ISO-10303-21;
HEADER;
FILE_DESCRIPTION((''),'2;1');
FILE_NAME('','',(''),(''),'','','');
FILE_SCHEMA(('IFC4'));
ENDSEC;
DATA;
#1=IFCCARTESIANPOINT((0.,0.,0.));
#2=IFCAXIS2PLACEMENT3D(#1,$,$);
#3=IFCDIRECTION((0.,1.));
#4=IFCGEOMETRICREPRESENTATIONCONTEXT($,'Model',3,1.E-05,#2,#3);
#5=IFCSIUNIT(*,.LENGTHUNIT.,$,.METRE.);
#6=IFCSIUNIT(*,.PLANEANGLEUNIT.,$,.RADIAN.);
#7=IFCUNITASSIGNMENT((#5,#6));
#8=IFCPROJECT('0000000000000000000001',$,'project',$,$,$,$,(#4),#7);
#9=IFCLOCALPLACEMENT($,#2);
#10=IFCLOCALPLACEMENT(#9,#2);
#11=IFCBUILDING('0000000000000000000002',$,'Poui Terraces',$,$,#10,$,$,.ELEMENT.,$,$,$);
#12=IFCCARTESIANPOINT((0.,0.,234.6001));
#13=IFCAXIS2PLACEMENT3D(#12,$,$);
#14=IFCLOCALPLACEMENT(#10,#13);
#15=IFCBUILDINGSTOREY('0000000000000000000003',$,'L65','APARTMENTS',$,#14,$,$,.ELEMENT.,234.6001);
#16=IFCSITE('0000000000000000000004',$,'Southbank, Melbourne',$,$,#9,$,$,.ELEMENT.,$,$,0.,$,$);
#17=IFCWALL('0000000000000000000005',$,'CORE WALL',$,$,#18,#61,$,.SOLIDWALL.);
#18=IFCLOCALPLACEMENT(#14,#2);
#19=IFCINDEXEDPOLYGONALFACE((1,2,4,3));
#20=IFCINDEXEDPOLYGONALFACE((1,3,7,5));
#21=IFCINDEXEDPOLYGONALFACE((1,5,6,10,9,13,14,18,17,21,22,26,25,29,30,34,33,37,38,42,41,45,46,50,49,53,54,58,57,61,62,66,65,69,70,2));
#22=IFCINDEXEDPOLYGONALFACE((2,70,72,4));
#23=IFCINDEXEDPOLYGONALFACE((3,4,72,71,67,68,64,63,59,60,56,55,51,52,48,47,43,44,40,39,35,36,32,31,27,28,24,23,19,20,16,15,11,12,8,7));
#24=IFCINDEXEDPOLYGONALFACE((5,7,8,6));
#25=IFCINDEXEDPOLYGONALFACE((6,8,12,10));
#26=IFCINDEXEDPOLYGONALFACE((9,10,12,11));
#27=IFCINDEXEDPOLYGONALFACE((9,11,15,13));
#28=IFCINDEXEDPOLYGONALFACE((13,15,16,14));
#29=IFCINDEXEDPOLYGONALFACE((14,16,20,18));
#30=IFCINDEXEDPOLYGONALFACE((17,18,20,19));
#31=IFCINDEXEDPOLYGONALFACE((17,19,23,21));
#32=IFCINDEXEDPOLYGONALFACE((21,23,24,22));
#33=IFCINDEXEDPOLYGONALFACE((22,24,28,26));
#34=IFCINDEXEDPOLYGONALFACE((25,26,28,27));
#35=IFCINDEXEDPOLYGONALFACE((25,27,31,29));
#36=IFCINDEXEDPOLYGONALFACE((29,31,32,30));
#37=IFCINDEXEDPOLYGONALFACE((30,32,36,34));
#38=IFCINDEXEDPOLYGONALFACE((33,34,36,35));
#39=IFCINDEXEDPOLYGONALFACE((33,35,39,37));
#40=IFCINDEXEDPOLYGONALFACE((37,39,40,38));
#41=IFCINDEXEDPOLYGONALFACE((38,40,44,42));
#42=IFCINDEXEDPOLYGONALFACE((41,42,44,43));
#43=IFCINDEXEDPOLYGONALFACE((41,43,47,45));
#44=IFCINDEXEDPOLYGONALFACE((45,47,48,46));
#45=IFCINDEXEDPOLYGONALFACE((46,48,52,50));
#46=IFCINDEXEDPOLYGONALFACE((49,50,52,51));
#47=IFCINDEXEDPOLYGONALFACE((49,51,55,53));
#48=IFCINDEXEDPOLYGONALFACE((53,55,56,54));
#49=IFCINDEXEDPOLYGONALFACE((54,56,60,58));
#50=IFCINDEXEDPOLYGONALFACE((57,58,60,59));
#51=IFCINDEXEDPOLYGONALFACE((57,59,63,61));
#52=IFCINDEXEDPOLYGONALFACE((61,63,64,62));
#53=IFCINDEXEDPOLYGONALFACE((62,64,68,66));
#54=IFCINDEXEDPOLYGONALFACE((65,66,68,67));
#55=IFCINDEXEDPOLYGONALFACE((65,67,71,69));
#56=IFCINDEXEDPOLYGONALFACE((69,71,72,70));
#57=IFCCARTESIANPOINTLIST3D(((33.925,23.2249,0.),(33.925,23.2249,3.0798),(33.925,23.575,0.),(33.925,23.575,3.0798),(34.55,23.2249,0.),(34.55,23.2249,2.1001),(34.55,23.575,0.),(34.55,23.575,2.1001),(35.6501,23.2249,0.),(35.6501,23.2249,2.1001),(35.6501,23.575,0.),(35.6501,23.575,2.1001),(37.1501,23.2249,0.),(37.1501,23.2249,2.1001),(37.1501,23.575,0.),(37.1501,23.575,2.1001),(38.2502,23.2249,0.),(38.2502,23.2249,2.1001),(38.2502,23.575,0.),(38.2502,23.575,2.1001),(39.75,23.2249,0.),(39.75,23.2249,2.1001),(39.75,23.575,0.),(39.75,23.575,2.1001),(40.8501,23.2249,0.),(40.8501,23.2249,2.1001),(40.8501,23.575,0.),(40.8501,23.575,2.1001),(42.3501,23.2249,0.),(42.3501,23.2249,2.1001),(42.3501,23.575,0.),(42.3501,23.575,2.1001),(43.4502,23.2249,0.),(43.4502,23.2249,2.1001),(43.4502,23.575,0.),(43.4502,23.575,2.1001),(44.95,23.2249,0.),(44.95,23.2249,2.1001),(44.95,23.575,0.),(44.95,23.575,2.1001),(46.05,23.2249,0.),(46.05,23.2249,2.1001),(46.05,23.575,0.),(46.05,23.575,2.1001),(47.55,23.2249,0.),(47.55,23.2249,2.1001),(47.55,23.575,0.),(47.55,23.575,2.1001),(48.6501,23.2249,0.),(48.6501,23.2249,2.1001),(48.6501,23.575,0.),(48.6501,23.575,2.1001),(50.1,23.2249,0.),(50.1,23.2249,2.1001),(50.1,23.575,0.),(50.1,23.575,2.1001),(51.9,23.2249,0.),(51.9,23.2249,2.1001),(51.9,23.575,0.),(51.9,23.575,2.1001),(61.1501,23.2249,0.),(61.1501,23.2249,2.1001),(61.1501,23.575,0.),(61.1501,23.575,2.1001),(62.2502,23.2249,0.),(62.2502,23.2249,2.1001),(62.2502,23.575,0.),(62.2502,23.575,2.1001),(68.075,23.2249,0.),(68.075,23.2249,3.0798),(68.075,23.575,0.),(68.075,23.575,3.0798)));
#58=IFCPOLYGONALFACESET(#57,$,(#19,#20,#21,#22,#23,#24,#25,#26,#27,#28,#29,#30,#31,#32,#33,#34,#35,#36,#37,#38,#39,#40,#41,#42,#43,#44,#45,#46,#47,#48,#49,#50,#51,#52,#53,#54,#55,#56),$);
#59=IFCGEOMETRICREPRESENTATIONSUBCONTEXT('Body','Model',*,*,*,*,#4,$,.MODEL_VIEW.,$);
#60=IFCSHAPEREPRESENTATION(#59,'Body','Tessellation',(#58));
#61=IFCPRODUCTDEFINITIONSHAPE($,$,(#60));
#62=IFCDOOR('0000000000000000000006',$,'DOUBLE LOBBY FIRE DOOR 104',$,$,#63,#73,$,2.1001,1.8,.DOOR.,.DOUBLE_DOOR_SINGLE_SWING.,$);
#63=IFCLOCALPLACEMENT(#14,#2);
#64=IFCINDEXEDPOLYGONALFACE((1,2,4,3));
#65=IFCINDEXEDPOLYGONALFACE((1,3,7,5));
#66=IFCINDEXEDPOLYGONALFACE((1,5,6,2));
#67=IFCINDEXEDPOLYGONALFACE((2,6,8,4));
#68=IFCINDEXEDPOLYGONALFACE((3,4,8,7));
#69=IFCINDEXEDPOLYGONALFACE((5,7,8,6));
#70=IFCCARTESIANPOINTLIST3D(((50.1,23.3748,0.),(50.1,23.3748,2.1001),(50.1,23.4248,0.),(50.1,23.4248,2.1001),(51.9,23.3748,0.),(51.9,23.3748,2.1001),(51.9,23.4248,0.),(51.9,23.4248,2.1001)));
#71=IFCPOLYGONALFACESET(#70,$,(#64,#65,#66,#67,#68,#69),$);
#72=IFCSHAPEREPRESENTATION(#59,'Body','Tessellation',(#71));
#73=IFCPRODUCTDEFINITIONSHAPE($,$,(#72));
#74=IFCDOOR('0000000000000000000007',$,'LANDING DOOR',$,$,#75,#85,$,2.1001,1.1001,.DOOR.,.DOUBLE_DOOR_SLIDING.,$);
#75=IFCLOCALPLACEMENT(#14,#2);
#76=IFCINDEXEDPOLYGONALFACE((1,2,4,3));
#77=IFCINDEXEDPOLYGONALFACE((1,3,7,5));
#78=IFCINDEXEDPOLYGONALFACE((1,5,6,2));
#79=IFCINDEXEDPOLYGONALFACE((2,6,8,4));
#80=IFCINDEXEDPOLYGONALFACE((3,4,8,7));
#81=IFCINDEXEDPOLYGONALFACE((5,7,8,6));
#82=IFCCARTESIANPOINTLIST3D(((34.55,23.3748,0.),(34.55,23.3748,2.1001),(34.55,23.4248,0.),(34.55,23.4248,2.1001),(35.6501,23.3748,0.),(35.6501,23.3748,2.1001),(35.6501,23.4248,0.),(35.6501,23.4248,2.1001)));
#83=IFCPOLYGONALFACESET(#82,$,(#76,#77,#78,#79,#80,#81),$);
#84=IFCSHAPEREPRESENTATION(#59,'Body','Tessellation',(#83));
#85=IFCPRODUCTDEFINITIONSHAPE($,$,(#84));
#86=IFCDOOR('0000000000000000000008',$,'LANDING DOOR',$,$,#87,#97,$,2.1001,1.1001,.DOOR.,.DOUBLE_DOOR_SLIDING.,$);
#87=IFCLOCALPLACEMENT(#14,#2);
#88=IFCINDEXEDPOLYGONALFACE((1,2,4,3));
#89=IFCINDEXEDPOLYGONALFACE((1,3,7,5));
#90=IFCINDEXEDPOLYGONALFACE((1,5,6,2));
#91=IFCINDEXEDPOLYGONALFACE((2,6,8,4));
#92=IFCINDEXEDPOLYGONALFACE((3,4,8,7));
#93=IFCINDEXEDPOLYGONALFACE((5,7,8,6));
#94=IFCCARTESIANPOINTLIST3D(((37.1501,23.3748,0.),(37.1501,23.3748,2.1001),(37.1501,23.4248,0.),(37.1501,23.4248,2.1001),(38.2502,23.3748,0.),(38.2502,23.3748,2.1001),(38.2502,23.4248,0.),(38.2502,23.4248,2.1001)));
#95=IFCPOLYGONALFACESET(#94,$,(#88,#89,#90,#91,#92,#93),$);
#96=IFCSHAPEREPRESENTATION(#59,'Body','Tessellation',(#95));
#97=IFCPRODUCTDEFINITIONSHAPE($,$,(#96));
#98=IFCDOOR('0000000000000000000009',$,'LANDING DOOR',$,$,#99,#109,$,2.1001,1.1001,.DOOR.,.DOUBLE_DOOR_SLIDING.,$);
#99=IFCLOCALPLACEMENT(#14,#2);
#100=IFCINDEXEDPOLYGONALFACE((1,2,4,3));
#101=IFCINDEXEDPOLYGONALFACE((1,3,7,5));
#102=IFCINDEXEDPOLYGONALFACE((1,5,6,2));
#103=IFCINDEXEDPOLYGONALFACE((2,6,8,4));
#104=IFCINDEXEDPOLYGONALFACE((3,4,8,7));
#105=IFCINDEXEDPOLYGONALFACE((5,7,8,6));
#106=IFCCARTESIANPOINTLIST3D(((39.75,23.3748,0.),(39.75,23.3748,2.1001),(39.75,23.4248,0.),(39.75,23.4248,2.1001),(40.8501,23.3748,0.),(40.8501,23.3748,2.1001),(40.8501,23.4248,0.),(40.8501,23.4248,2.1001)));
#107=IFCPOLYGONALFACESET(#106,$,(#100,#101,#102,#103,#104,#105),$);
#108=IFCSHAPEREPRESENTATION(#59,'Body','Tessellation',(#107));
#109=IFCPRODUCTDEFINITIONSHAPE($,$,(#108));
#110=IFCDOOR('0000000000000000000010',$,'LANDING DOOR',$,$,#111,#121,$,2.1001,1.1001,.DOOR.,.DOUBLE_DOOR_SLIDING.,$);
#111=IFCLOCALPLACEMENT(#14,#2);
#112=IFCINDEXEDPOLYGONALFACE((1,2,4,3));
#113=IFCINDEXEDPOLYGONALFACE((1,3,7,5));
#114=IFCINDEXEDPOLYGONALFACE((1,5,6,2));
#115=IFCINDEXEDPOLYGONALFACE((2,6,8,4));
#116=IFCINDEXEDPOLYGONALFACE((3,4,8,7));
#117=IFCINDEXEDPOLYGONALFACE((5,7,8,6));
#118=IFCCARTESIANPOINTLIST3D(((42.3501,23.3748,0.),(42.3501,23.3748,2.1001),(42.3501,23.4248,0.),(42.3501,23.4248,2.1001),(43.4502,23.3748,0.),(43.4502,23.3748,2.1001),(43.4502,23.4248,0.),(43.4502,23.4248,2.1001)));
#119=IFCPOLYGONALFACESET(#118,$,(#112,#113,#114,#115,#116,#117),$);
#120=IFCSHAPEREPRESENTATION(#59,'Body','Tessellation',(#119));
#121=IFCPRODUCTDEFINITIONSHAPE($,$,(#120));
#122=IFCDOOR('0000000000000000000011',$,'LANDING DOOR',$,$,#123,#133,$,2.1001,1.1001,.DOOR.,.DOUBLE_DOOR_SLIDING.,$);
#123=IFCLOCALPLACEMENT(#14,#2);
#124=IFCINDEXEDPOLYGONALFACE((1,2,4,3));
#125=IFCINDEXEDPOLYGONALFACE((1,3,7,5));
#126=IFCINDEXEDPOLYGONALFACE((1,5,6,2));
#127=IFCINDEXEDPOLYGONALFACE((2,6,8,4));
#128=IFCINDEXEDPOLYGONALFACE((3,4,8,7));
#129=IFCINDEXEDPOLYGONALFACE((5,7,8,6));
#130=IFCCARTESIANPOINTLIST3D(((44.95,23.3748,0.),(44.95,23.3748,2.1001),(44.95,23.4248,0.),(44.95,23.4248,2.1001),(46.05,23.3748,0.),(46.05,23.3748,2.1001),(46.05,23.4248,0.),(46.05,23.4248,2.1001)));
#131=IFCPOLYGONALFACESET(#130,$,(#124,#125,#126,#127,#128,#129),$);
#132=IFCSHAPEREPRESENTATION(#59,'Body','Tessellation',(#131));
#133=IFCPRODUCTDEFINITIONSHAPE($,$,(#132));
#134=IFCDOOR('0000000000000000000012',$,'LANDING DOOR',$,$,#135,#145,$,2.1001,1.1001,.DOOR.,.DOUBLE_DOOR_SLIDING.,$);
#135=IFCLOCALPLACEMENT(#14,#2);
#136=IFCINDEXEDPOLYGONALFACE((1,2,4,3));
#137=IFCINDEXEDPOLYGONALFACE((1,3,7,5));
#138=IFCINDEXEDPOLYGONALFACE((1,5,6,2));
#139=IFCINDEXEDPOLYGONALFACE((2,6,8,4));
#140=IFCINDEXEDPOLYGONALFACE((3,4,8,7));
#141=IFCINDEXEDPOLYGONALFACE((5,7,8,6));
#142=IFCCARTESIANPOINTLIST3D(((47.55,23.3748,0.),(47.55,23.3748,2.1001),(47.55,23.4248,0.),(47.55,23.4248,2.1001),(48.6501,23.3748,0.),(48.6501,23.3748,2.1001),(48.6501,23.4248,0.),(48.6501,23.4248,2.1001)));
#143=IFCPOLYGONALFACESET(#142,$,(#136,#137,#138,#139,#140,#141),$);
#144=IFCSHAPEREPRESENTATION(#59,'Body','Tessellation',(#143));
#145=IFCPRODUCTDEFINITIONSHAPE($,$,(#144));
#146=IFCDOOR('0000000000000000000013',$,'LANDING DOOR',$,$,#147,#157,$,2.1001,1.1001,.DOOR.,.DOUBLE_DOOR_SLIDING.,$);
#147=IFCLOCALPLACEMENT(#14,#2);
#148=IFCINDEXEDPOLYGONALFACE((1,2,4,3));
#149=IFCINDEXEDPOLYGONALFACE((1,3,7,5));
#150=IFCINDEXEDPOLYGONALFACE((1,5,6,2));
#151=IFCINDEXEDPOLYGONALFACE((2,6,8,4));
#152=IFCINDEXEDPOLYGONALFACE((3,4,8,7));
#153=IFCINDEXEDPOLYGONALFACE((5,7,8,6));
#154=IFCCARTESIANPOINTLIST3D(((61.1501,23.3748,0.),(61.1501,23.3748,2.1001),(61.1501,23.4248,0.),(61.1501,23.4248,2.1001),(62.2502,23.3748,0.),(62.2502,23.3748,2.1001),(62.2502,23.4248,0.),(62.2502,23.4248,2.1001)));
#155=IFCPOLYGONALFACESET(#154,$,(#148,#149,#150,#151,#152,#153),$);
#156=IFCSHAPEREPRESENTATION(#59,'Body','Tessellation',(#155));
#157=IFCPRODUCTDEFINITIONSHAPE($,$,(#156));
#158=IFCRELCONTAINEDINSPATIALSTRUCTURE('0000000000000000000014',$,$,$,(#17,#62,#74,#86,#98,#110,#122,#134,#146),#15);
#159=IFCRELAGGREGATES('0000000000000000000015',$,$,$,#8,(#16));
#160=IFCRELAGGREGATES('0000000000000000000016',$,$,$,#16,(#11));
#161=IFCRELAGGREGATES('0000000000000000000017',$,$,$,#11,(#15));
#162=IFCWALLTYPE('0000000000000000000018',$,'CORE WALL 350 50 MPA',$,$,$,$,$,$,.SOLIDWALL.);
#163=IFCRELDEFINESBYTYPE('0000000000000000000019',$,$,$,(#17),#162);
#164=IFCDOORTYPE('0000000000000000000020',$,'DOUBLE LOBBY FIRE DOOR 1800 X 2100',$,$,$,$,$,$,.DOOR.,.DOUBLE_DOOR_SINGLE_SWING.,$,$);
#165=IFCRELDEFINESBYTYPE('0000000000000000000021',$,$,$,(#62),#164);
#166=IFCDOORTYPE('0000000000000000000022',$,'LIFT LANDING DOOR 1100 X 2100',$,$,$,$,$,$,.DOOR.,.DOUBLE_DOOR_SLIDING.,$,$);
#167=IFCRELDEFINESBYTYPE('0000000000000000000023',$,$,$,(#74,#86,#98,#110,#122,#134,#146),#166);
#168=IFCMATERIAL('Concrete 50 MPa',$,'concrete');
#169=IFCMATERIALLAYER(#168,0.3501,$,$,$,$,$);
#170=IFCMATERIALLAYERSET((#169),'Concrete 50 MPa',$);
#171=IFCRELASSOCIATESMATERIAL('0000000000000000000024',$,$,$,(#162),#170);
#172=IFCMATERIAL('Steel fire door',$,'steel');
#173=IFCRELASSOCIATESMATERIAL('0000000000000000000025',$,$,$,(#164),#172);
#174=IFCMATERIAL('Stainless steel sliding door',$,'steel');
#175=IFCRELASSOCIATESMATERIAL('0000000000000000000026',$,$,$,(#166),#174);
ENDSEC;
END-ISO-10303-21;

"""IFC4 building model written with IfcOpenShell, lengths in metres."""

from ifc_helpers import new_model, si_unit, direction, frame, frame_2d, origin, place, context, subcontext, project, spatial, rectangle, extrude, material, layer, layer_set, type_object, element, fill, save


model = new_model("IFC4")

# Units and contexts
model_context = context("Model", 3, precision=1e-05, world=origin(), true_north=direction((0.0, 1.0)))
body_context = subcontext(model_context, "Body", "Model", "MODEL_VIEW")
ifc_project = project(units=[si_unit("LENGTHUNIT", "METRE"), si_unit("PLANEANGLEUNIT", "RADIAN")], contexts=[model_context])

# Site, building, storey
site_placement = place(None, origin())
site = spatial("IfcSite", under=ifc_project, at=site_placement, Name="Southbank, Melbourne", CompositionType="ELEMENT", RefElevation=0.0)
building_placement = place(site_placement, origin())
building = spatial("IfcBuilding", under=site, at=building_placement, Name="Poui Terraces", CompositionType="ELEMENT")
storey_placement = place(building_placement, frame((0.0, 0.0, 234.6001)))
storey = spatial("IfcBuildingStorey", under=building, at=storey_placement, Name="L65", Description="APARTMENTS", CompositionType="ELEMENT", Elevation=234.6001)

# Wall, openings, doors
ifc_material_1 = material(Name="Concrete 50 MPa", Category="concrete")
ifc_layer_1 = layer(ifc_material_1, 0.3501)
ifc_layer_set_1 = layer_set([ifc_layer_1], Name="Concrete 50 MPa")
wall_type_1 = type_object("IfcWallType", Name="CORE WALL 350 50 MPA", PredefinedType="SOLIDWALL", material=ifc_layer_set_1)
ifc_material_2 = material(Name="Steel fire door", Category="steel")
door_type_1 = type_object("IfcDoorType", Name="DOUBLE LOBBY FIRE DOOR 1800 X 2100", OperationType="DOUBLE_DOOR_SINGLE_SWING", PredefinedType="DOOR", material=ifc_material_2)
wall_1_placement = place(storey_placement, frame((33.925, 23.3999, 0.0), z_axis=(0.0, 0.0, 1.0), x_axis=(1.0, 0.0, 0.0)))
wall_1 = element("IfcWall", 1, at=wall_1_placement, inside=storey, type_object=wall_type_1, Name="CORE WALL", PredefinedType="SOLIDWALL", context=body_context, shape_type="SweptSolid", body=[
    extrude(rectangle(XDim=34.1499, YDim=0.3501, at=frame_2d((17.075, 0.0))), origin(), (0.0, 0.0, 1.0), 3.0798),
])
opening_1_placement = place(wall_1_placement, frame((16.175, 0.0, 0.0)))
opening_1 = element("IfcOpeningElement", 2, at=opening_1_placement, cuts=wall_1, PredefinedType="OPENING", context=body_context, shape_type="SweptSolid", body=[
    extrude(rectangle(XDim=1.8, YDim=2.1001, at=frame_2d((0.8999, 1.05))), frame((0.0, 0.1851, 0.0), z_axis=(0.0, -1.0, 0.0), x_axis=(1.0, 0.0, 0.0)), (0.0, 0.0, 1.0), 0.3701),
])
opening_2_placement = place(wall_1_placement, frame((0.625, 0.0, 0.0)))
opening_2 = element("IfcOpeningElement", 3, at=opening_2_placement, cuts=wall_1, PredefinedType="OPENING", context=body_context, shape_type="SweptSolid", body=[
    extrude(rectangle(XDim=1.1001, YDim=2.1001, at=frame_2d((0.55, 1.05))), frame((0.0, 0.1851, 0.0), z_axis=(0.0, -1.0, 0.0), x_axis=(1.0, 0.0, 0.0)), (0.0, 0.0, 1.0), 0.3701),
])
opening_3_placement = place(wall_1_placement, frame((3.2251, 0.0, 0.0)))
opening_3 = element("IfcOpeningElement", 4, at=opening_3_placement, cuts=wall_1, PredefinedType="OPENING", context=body_context, shape_type="SweptSolid", body=[
    extrude(rectangle(XDim=1.1001, YDim=2.1001, at=frame_2d((0.55, 1.05))), frame((0.0, 0.1851, 0.0), z_axis=(0.0, -1.0, 0.0), x_axis=(1.0, 0.0, 0.0)), (0.0, 0.0, 1.0), 0.3701),
])
opening_4_placement = place(wall_1_placement, frame((5.825, 0.0, 0.0)))
opening_4 = element("IfcOpeningElement", 5, at=opening_4_placement, cuts=wall_1, PredefinedType="OPENING", context=body_context, shape_type="SweptSolid", body=[
    extrude(rectangle(XDim=1.1001, YDim=2.1001, at=frame_2d((0.55, 1.05))), frame((0.0, 0.1851, 0.0), z_axis=(0.0, -1.0, 0.0), x_axis=(1.0, 0.0, 0.0)), (0.0, 0.0, 1.0), 0.3701),
])
opening_5_placement = place(wall_1_placement, frame((8.425, 0.0, 0.0)))
opening_5 = element("IfcOpeningElement", 6, at=opening_5_placement, cuts=wall_1, PredefinedType="OPENING", context=body_context, shape_type="SweptSolid", body=[
    extrude(rectangle(XDim=1.1001, YDim=2.1001, at=frame_2d((0.55, 1.05))), frame((0.0, 0.1851, 0.0), z_axis=(0.0, -1.0, 0.0), x_axis=(1.0, 0.0, 0.0)), (0.0, 0.0, 1.0), 0.3701),
])
opening_6_placement = place(wall_1_placement, frame((11.0249, 0.0, 0.0)))
opening_6 = element("IfcOpeningElement", 7, at=opening_6_placement, cuts=wall_1, PredefinedType="OPENING", context=body_context, shape_type="SweptSolid", body=[
    extrude(rectangle(XDim=1.1001, YDim=2.1001, at=frame_2d((0.55, 1.05))), frame((0.0, 0.1851, 0.0), z_axis=(0.0, -1.0, 0.0), x_axis=(1.0, 0.0, 0.0)), (0.0, 0.0, 1.0), 0.3701),
])
opening_7_placement = place(wall_1_placement, frame((13.625, 0.0, 0.0)))
opening_7 = element("IfcOpeningElement", 8, at=opening_7_placement, cuts=wall_1, PredefinedType="OPENING", context=body_context, shape_type="SweptSolid", body=[
    extrude(rectangle(XDim=1.1001, YDim=2.1001, at=frame_2d((0.55, 1.05))), frame((0.0, 0.1851, 0.0), z_axis=(0.0, -1.0, 0.0), x_axis=(1.0, 0.0, 0.0)), (0.0, 0.0, 1.0), 0.3701),
])
opening_8_placement = place(wall_1_placement, frame((27.2251, 0.0, 0.0)))
opening_8 = element("IfcOpeningElement", 9, at=opening_8_placement, cuts=wall_1, PredefinedType="OPENING", context=body_context, shape_type="SweptSolid", body=[
    extrude(rectangle(XDim=1.1001, YDim=2.1001, at=frame_2d((0.55, 1.05))), frame((0.0, 0.1851, 0.0), z_axis=(0.0, -1.0, 0.0), x_axis=(1.0, 0.0, 0.0)), (0.0, 0.0, 1.0), 0.3701),
])
door_1_placement = place(opening_1_placement, origin())
door_1 = element("IfcDoor", 10, at=door_1_placement, inside=storey, type_object=door_type_1, Name="DOUBLE LOBBY FIRE DOOR 104", OperationType="DOUBLE_DOOR_SINGLE_SWING", OverallHeight=2.1001, OverallWidth=1.8, PredefinedType="DOOR", context=body_context, shape_type="SweptSolid", body=[
    extrude(rectangle(XDim=1.8, YDim=2.1001, at=frame_2d((0.8999, 1.05))), frame((0.0, 0.0249, 0.0), z_axis=(0.0, -1.0, 0.0), x_axis=(1.0, 0.0, 0.0)), (0.0, 0.0, 1.0), 0.05),
])
fill(opening_1, door_1)
ifc_material_3 = material(Name="Stainless steel sliding door", Category="steel")
door_type_2 = type_object("IfcDoorType", Name="LIFT LANDING DOOR 1100 X 2100", OperationType="DOUBLE_DOOR_SLIDING", PredefinedType="DOOR", material=ifc_material_3)
door_2_placement = place(opening_2_placement, origin())
door_2 = element("IfcDoor", 11, at=door_2_placement, inside=storey, type_object=door_type_2, Name="LANDING DOOR", OperationType="DOUBLE_DOOR_SLIDING", OverallHeight=2.1001, OverallWidth=1.1001, PredefinedType="DOOR", context=body_context, shape_type="SweptSolid", body=[
    extrude(rectangle(XDim=1.1001, YDim=2.1001, at=frame_2d((0.55, 1.05))), frame((0.0, 0.0249, 0.0), z_axis=(0.0, -1.0, 0.0), x_axis=(1.0, 0.0, 0.0)), (0.0, 0.0, 1.0), 0.05),
])
fill(opening_2, door_2)
door_3_placement = place(opening_3_placement, origin())
door_3 = element("IfcDoor", 12, at=door_3_placement, inside=storey, type_object=door_type_2, Name="LANDING DOOR", OperationType="DOUBLE_DOOR_SLIDING", OverallHeight=2.1001, OverallWidth=1.1001, PredefinedType="DOOR", context=body_context, shape_type="SweptSolid", body=[
    extrude(rectangle(XDim=1.1001, YDim=2.1001, at=frame_2d((0.55, 1.05))), frame((0.0, 0.0249, 0.0), z_axis=(0.0, -1.0, 0.0), x_axis=(1.0, 0.0, 0.0)), (0.0, 0.0, 1.0), 0.05),
])
fill(opening_3, door_3)
door_4_placement = place(opening_4_placement, origin())
door_4 = element("IfcDoor", 13, at=door_4_placement, inside=storey, type_object=door_type_2, Name="LANDING DOOR", OperationType="DOUBLE_DOOR_SLIDING", OverallHeight=2.1001, OverallWidth=1.1001, PredefinedType="DOOR", context=body_context, shape_type="SweptSolid", body=[
    extrude(rectangle(XDim=1.1001, YDim=2.1001, at=frame_2d((0.55, 1.05))), frame((0.0, 0.0249, 0.0), z_axis=(0.0, -1.0, 0.0), x_axis=(1.0, 0.0, 0.0)), (0.0, 0.0, 1.0), 0.05),
])
fill(opening_4, door_4)
door_5_placement = place(opening_5_placement, origin())
door_5 = element("IfcDoor", 14, at=door_5_placement, inside=storey, type_object=door_type_2, Name="LANDING DOOR", OperationType="DOUBLE_DOOR_SLIDING", OverallHeight=2.1001, OverallWidth=1.1001, PredefinedType="DOOR", context=body_context, shape_type="SweptSolid", body=[
    extrude(rectangle(XDim=1.1001, YDim=2.1001, at=frame_2d((0.55, 1.05))), frame((0.0, 0.0249, 0.0), z_axis=(0.0, -1.0, 0.0), x_axis=(1.0, 0.0, 0.0)), (0.0, 0.0, 1.0), 0.05),
])
fill(opening_5, door_5)
door_6_placement = place(opening_6_placement, origin())
door_6 = element("IfcDoor", 15, at=door_6_placement, inside=storey, type_object=door_type_2, Name="LANDING DOOR", OperationType="DOUBLE_DOOR_SLIDING", OverallHeight=2.1001, OverallWidth=1.1001, PredefinedType="DOOR", context=body_context, shape_type="SweptSolid", body=[
    extrude(rectangle(XDim=1.1001, YDim=2.1001, at=frame_2d((0.55, 1.05))), frame((0.0, 0.0249, 0.0), z_axis=(0.0, -1.0, 0.0), x_axis=(1.0, 0.0, 0.0)), (0.0, 0.0, 1.0), 0.05),
])
fill(opening_6, door_6)
door_7_placement = place(opening_7_placement, origin())
door_7 = element("IfcDoor", 16, at=door_7_placement, inside=storey, type_object=door_type_2, Name="LANDING DOOR", OperationType="DOUBLE_DOOR_SLIDING", OverallHeight=2.1001, OverallWidth=1.1001, PredefinedType="DOOR", context=body_context, shape_type="SweptSolid", body=[
    extrude(rectangle(XDim=1.1001, YDim=2.1001, at=frame_2d((0.55, 1.05))), frame((0.0, 0.0249, 0.0), z_axis=(0.0, -1.0, 0.0), x_axis=(1.0, 0.0, 0.0)), (0.0, 0.0, 1.0), 0.05),
])
fill(opening_7, door_7)
door_8_placement = place(opening_8_placement, origin())
door_8 = element("IfcDoor", 17, at=door_8_placement, inside=storey, type_object=door_type_2, Name="LANDING DOOR", OperationType="DOUBLE_DOOR_SLIDING", OverallHeight=2.1001, OverallWidth=1.1001, PredefinedType="DOOR", context=body_context, shape_type="SweptSolid", body=[
    extrude(rectangle(XDim=1.1001, YDim=2.1001, at=frame_2d((0.55, 1.05))), frame((0.0, 0.0249, 0.0), z_axis=(0.0, -1.0, 0.0), x_axis=(1.0, 0.0, 0.0)), (0.0, 0.0, 1.0), 0.05),
])
fill(opening_8, door_8)

save(model, "model.ifc")
